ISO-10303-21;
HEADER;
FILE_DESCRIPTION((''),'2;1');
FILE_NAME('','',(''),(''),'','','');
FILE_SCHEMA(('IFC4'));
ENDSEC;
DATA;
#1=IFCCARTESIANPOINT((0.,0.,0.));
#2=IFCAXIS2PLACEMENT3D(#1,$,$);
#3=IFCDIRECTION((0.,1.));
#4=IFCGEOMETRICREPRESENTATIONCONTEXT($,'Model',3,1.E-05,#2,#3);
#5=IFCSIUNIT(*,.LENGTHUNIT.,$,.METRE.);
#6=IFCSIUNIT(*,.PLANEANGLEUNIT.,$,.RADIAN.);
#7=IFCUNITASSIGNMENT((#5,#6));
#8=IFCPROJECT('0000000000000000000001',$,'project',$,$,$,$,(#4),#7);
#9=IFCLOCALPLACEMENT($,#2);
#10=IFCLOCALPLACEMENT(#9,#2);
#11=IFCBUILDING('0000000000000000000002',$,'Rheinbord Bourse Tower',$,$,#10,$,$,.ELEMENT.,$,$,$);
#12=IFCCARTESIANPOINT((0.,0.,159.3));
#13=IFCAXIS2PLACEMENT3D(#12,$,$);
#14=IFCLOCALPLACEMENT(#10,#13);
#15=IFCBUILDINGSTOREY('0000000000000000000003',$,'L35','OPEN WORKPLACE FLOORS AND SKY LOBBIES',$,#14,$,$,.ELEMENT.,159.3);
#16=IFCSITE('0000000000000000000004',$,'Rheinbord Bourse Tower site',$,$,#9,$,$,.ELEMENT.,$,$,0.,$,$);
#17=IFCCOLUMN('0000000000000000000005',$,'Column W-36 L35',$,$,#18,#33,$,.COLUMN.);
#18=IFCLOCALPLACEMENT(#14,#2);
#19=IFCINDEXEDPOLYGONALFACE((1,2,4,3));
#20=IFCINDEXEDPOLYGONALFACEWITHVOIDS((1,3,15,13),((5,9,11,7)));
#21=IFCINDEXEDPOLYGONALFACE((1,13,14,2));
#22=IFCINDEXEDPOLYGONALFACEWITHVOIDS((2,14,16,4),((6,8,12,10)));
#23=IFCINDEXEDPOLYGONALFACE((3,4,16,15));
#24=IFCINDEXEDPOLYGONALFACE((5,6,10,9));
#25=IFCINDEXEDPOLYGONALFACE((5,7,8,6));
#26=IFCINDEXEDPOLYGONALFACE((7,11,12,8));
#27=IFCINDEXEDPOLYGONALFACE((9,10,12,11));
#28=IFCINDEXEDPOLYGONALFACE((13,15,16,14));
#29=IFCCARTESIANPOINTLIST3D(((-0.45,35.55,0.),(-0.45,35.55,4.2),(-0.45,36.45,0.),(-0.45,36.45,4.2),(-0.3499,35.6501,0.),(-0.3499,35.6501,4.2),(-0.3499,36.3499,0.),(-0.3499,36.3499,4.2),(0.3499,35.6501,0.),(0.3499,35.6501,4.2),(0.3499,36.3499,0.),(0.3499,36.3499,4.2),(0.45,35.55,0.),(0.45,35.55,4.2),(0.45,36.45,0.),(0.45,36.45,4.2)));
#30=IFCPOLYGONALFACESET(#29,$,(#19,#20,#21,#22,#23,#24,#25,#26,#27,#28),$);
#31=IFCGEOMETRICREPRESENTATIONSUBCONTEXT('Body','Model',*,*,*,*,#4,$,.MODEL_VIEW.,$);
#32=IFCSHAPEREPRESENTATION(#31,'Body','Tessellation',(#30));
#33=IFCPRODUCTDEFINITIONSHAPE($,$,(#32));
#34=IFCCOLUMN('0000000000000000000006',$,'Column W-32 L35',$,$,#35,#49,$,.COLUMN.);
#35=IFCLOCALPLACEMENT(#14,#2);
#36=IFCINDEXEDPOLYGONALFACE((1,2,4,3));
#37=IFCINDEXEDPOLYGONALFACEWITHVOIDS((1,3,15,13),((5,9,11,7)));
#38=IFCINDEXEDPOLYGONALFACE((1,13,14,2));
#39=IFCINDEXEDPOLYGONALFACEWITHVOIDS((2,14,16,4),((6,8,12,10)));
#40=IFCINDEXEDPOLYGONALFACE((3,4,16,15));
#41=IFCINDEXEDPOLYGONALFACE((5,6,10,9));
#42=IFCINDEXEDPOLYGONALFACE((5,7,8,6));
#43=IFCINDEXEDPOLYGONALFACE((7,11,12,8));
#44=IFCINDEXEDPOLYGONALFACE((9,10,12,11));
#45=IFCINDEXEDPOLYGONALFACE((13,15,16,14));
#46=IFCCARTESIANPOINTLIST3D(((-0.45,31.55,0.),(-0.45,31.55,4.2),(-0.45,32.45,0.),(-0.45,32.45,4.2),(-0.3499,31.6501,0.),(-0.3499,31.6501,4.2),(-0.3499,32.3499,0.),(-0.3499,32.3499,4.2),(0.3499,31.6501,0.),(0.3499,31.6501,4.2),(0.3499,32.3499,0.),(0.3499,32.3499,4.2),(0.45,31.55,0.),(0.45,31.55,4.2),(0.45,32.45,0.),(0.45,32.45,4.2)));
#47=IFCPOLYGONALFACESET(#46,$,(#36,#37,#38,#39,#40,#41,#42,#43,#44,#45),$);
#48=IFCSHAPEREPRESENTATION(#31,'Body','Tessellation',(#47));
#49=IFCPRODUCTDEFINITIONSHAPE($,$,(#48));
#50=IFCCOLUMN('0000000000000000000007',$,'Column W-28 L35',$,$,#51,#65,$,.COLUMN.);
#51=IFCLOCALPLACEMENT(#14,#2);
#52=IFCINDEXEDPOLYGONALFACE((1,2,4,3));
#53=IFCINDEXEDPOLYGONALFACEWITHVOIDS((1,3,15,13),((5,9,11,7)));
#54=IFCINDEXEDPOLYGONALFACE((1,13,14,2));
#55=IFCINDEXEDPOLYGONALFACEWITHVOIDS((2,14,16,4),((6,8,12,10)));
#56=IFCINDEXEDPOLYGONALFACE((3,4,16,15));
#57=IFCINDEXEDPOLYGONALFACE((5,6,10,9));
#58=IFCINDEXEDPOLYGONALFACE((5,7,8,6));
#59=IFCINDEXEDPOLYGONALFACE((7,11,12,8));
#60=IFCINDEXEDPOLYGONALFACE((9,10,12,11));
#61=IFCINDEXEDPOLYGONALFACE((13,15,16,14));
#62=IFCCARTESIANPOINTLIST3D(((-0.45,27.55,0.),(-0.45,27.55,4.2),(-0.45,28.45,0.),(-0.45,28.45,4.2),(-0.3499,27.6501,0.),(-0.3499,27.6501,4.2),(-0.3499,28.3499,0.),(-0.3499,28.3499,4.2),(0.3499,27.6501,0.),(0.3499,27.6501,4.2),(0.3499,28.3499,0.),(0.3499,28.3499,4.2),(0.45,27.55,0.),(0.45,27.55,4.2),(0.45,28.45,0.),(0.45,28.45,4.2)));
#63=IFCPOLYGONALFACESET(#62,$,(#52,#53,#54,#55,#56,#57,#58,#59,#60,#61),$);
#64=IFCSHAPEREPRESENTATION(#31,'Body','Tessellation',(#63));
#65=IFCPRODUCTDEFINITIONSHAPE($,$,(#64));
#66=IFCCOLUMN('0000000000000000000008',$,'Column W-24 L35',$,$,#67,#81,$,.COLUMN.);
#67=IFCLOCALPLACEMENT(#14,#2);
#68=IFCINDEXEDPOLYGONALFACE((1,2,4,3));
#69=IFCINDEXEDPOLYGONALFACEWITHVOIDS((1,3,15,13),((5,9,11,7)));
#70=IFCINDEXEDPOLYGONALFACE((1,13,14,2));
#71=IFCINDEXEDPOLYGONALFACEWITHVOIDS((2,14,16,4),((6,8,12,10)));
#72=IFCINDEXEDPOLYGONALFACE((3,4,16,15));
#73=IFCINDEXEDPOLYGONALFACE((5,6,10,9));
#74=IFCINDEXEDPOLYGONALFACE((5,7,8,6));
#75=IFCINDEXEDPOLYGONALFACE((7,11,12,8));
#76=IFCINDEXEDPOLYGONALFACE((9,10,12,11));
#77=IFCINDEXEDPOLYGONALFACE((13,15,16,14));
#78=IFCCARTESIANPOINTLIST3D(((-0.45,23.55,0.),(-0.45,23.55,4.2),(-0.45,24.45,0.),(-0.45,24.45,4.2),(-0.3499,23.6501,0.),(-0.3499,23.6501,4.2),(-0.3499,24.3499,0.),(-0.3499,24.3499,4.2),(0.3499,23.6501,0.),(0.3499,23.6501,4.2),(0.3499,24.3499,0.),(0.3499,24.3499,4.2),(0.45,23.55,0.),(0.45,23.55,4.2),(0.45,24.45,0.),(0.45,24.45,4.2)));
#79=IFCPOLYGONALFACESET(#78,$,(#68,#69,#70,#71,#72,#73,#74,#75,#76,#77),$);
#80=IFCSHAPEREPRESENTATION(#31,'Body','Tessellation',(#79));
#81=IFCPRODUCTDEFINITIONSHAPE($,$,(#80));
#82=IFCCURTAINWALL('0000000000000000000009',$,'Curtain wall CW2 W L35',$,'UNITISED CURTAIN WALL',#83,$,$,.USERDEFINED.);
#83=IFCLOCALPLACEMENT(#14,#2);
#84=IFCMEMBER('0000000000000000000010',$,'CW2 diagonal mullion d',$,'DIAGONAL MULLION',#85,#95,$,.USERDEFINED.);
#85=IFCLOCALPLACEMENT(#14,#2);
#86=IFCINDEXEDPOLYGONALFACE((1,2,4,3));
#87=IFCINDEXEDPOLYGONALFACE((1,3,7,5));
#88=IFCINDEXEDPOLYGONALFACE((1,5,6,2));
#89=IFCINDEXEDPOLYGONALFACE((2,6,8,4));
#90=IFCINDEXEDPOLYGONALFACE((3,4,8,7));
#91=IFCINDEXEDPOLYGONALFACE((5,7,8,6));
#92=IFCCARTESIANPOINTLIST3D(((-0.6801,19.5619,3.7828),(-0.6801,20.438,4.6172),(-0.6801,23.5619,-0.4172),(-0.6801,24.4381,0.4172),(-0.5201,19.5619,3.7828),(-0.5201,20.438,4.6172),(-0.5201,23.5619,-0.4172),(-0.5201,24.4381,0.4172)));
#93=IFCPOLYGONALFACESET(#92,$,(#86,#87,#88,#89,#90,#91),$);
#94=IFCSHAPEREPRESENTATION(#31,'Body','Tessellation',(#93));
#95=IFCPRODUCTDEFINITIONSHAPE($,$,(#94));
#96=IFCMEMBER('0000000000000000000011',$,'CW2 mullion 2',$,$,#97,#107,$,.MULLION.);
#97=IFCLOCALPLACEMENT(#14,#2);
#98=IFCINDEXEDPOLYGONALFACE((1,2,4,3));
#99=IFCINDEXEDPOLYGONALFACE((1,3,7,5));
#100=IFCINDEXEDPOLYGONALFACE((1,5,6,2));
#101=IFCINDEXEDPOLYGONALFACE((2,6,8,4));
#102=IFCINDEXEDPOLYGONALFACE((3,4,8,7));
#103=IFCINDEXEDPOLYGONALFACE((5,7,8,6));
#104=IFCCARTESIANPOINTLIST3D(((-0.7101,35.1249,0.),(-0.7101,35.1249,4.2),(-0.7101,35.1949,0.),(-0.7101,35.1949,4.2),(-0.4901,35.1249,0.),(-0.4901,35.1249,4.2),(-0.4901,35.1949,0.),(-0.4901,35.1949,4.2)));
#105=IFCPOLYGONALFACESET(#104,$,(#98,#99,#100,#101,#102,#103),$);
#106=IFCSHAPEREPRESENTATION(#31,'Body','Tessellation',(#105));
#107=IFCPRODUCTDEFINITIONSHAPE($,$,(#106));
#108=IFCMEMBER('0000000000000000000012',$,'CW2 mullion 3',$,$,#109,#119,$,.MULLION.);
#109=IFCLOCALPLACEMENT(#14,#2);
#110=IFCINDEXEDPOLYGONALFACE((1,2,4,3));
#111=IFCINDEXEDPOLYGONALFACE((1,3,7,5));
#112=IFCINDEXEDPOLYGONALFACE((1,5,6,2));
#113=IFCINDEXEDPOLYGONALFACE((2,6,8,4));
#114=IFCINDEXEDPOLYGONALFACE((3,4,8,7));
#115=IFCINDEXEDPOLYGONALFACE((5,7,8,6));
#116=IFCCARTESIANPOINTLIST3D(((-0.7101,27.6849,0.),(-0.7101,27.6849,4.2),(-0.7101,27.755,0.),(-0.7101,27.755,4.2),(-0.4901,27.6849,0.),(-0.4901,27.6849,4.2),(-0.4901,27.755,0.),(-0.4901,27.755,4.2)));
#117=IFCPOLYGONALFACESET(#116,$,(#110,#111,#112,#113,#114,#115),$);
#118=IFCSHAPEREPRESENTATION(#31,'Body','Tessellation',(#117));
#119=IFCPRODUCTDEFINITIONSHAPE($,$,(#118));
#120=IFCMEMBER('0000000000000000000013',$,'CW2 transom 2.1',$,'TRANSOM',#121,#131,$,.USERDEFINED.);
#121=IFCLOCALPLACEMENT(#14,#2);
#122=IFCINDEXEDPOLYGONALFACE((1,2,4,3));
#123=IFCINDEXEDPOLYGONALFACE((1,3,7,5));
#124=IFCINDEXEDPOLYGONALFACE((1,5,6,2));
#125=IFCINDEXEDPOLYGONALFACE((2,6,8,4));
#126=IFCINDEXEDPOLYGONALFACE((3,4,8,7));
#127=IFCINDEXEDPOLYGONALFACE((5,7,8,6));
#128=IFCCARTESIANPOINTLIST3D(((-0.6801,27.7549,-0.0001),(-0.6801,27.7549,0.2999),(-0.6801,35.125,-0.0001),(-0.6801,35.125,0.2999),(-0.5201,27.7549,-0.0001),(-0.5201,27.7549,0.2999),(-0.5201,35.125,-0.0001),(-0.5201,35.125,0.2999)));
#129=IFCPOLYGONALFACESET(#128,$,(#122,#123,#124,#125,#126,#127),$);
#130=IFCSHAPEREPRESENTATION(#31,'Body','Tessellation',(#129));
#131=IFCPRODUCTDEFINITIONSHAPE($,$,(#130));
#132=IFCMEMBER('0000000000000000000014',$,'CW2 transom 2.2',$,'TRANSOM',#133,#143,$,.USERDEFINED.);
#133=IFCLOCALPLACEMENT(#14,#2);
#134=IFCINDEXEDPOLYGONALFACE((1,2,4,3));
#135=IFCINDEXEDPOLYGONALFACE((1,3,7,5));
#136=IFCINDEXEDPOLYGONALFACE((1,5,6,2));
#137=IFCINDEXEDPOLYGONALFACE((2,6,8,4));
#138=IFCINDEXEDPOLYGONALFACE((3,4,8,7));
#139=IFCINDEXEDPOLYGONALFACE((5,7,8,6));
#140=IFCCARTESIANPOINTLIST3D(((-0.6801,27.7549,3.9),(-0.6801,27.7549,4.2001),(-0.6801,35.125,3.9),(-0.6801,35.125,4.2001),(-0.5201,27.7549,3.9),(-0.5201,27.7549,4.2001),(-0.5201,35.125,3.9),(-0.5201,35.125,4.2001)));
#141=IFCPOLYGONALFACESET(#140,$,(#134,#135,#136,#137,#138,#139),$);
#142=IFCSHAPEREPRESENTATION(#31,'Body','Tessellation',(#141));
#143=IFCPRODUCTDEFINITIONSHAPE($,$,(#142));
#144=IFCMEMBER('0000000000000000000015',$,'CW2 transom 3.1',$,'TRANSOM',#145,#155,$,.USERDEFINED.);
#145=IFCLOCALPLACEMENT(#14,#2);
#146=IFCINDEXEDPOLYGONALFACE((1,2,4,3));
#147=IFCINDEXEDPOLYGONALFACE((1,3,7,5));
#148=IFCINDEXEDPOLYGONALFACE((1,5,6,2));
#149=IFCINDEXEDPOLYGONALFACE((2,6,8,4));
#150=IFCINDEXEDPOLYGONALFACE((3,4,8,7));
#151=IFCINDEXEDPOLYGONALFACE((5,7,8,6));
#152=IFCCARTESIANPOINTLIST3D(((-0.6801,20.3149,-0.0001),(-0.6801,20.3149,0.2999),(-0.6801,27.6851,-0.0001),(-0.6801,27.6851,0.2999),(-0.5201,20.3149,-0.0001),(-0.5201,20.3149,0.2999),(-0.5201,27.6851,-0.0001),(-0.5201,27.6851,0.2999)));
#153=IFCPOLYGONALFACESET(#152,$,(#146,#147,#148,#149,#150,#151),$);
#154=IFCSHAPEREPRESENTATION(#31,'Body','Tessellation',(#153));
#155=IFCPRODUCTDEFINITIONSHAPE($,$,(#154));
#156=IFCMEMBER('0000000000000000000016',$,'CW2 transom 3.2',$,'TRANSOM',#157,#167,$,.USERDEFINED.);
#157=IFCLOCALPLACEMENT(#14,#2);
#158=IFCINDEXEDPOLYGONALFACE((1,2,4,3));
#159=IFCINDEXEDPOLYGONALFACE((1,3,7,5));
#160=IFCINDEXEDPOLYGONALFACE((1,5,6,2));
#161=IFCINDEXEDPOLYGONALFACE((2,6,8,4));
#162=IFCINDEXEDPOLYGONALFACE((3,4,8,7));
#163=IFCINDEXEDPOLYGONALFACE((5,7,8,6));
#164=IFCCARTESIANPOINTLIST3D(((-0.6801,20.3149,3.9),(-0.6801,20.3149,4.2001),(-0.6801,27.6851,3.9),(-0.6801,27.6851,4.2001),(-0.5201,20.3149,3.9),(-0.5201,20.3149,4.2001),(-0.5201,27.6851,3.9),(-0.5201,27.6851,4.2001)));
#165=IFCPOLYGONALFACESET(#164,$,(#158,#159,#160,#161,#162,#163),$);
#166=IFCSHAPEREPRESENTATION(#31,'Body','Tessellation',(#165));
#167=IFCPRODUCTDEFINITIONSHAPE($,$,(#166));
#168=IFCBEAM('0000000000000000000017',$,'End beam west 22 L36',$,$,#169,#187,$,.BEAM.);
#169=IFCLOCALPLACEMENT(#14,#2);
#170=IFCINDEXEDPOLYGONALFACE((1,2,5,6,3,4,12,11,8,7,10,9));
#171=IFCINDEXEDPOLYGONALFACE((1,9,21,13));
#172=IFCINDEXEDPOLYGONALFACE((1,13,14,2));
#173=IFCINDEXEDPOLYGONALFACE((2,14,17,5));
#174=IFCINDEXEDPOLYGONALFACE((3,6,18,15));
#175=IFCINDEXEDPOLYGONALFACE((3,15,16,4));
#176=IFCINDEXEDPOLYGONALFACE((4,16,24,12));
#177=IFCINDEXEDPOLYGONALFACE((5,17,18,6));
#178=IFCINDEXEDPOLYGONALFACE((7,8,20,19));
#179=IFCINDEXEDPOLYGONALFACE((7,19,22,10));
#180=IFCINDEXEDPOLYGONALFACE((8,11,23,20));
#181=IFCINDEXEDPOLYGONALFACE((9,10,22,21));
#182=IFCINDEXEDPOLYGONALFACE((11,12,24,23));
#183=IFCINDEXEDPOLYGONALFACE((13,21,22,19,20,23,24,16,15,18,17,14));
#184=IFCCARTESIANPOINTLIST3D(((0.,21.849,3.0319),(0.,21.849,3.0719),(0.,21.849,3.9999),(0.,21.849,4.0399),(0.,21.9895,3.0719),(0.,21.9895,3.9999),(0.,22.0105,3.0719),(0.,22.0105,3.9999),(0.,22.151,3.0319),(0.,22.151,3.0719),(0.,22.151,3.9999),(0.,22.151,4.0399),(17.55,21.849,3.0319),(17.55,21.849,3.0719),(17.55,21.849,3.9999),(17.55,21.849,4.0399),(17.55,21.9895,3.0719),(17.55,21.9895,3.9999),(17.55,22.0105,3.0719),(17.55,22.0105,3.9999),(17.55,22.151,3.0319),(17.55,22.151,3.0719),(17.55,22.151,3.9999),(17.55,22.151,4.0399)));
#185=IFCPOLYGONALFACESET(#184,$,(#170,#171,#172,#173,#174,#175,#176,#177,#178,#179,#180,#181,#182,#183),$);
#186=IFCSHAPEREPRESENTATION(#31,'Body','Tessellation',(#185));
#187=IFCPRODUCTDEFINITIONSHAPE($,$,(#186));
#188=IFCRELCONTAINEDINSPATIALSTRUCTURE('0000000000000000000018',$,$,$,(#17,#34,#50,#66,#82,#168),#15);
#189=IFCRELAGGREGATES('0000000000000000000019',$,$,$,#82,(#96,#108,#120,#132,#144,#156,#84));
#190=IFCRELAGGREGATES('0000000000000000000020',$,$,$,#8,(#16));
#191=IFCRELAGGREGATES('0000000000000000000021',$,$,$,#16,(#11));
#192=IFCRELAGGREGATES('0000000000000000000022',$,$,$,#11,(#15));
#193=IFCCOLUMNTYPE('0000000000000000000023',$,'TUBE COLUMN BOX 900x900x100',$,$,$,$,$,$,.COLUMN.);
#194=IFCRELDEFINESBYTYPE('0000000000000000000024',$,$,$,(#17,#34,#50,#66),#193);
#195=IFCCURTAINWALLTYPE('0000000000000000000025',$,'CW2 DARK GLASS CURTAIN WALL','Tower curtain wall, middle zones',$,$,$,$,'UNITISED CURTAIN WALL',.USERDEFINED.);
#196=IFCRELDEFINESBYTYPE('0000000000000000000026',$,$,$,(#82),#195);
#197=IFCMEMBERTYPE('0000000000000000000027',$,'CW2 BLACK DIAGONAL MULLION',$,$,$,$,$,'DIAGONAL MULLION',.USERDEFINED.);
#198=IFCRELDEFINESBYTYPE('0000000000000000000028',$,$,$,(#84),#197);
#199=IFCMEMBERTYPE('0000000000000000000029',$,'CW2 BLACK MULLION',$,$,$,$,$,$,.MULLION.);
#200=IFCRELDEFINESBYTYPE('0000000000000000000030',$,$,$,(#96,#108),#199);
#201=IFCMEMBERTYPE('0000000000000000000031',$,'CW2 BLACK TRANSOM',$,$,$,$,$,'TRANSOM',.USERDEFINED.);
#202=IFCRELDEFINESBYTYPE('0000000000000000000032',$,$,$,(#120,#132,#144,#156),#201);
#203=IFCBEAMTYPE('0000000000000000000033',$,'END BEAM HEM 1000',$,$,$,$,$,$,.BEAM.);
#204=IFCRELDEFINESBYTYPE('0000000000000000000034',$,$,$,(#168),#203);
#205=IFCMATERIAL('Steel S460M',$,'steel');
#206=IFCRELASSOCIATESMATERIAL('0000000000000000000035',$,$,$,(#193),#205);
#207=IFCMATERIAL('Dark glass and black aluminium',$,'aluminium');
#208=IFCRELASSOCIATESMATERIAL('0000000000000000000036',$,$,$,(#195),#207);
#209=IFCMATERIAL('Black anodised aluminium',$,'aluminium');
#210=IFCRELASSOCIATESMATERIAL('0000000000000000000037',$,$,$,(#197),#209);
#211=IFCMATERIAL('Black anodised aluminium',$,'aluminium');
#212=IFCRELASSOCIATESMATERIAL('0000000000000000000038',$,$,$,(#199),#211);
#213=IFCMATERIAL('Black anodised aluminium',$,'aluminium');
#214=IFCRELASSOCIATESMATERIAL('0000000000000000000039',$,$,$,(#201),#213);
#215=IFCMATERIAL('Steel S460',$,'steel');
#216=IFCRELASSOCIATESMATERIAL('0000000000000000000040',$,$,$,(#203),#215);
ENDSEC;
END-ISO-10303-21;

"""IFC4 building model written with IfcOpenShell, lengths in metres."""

from ifc_helpers import new_model, si_unit, direction, frame, origin, origin_2d, place, context, subcontext, project, spatial, rectangle, hollow_rectangle, i_section, extrude, material, material_profile, profile_set, type_object, element, aggregate, save


model = new_model("IFC4")

# Units and contexts
model_context = context("Model", 3, precision=1e-05, world=origin(), true_north=direction((0.0, 1.0)))
body_context = subcontext(model_context, "Body", "Model", "MODEL_VIEW")
ifc_project = project(units=[si_unit("LENGTHUNIT", "METRE"), si_unit("PLANEANGLEUNIT", "RADIAN")], contexts=[model_context])

# Site, building, storey
site_placement = place(None, origin())
site = spatial("IfcSite", under=ifc_project, at=site_placement, Name="Rheinbord Bourse Tower site", CompositionType="ELEMENT", RefElevation=0.0)
building_placement = place(site_placement, origin())
building = spatial("IfcBuilding", under=site, at=building_placement, Name="Rheinbord Bourse Tower", CompositionType="ELEMENT")
storey_placement = place(building_placement, frame((0.0, 0.0, 159.3)))
storey = spatial("IfcBuildingStorey", under=building, at=storey_placement, Name="L35", Description="OPEN WORKPLACE FLOORS AND SKY LOBBIES", CompositionType="ELEMENT", Elevation=159.3)

# Columns
ifc_material_1 = material(Name="Steel S460M", Category="steel")
ifc_material_profile_1 = material_profile(ifc_material_1, hollow_rectangle(XDim=0.8999, YDim=0.8999, WallThickness=0.1001, at=origin_2d()), Name="BOX 900x900x100")
ifc_profile_set_1 = profile_set([ifc_material_profile_1], Name="Steel S460M")
column_type = type_object("IfcColumnType", Name="TUBE COLUMN BOX 900x900x100", PredefinedType="COLUMN", material=ifc_profile_set_1)
for number, where, z_axis, x_axis, name in (
    (1, (0.0, 36.0, 0.0), (0.0, 0.0, 1.0), (1.0, 0.0, 0.0), "Column W-36 L35"),
    (2, (0.0, 32.0, 0.0), (0.0, 0.0, 1.0), (1.0, 0.0, 0.0), "Column W-32 L35"),
    (3, (0.0, 28.0, 0.0), (0.0, 0.0, 1.0), (1.0, 0.0, 0.0), "Column W-28 L35"),
    (4, (0.0, 24.0, 0.0), (0.0, 0.0, 1.0), (1.0, 0.0, 0.0), "Column W-24 L35"),
):
    element("IfcColumn", number, at=place(storey_placement, frame(where, z_axis=z_axis, x_axis=x_axis)), inside=storey, type_object=column_type, Name=name, PredefinedType="COLUMN", context=body_context, shape_type="SweptSolid", body=[
        extrude(hollow_rectangle(XDim=0.8999, YDim=0.8999, WallThickness=0.1001, at=origin_2d()), origin(), (0.0, 0.0, 1.0), 4.2),
    ])

# Curtain wall, members
ifc_material_2 = material(Name="Dark glass and black aluminium", Category="aluminium")
curtain_wall_type = type_object("IfcCurtainWallType", Name="CW2 DARK GLASS CURTAIN WALL", Description="Tower curtain wall, middle zones", ElementType="UNITISED CURTAIN WALL", PredefinedType="USERDEFINED", material=ifc_material_2)
curtain_wall_placement = place(storey_placement, origin())
curtain_wall = element("IfcCurtainWall", 5, at=curtain_wall_placement, inside=storey, type_object=curtain_wall_type, Name="Curtain wall CW2 W L35", ObjectType="UNITISED CURTAIN WALL", PredefinedType="USERDEFINED")
ifc_material_3 = material(Name="Black anodised aluminium", Category="aluminium")
ifc_material_profile_2 = material_profile(ifc_material_3, rectangle(XDim=0.1599, YDim=1.21, at=origin_2d()), Name="CW2 DIAGONAL MULLION 1210x160")
ifc_profile_set_2 = profile_set([ifc_material_profile_2], Name="Black anodised aluminium")
member_type_1 = type_object("IfcMemberType", Name="CW2 BLACK DIAGONAL MULLION", ElementType="DIAGONAL MULLION", PredefinedType="USERDEFINED", material=ifc_profile_set_2)
member_1_placement = place(storey_placement, frame((-0.6001, 24.0, 0.0), z_axis=(0.0, -0.689659, 0.724134), x_axis=(1.0, 0.0, 0.0)))
member_1 = element("IfcMember", 6, at=member_1_placement, type_object=member_type_1, Name="CW2 diagonal mullion d", ObjectType="DIAGONAL MULLION", PredefinedType="USERDEFINED", context=body_context, shape_type="SweptSolid", body=[
    extrude(rectangle(XDim=0.1599, YDim=1.21, at=origin_2d()), origin(), (0.0, 0.0, 1.0), 5.8),
])
ifc_material_4 = material(Name="Black anodised aluminium", Category="aluminium")
ifc_material_profile_3 = material_profile(ifc_material_4, rectangle(XDim=0.22, YDim=0.0701, at=origin_2d()), Name="CW2 MULLION 70x220")
ifc_profile_set_3 = profile_set([ifc_material_profile_3], Name="Black anodised aluminium")
member_type_2 = type_object("IfcMemberType", Name="CW2 BLACK MULLION", PredefinedType="MULLION", material=ifc_profile_set_3)
member_2_placement = place(storey_placement, frame((-0.6001, 35.1599, 0.0), z_axis=(0.0, 0.0, 1.0), x_axis=(1.0, 0.0, 0.0)))
member_2 = element("IfcMember", 7, at=member_2_placement, type_object=member_type_2, Name="CW2 mullion 2", PredefinedType="MULLION", context=body_context, shape_type="SweptSolid", body=[
    extrude(rectangle(XDim=0.22, YDim=0.0701, at=origin_2d()), origin(), (0.0, 0.0, 1.0), 4.2),
])
member_3_placement = place(storey_placement, frame((-0.6001, 27.72, 0.0), z_axis=(0.0, 0.0, 1.0), x_axis=(1.0, 0.0, 0.0)))
member_3 = element("IfcMember", 8, at=member_3_placement, type_object=member_type_2, Name="CW2 mullion 3", PredefinedType="MULLION", context=body_context, shape_type="SweptSolid", body=[
    extrude(rectangle(XDim=0.22, YDim=0.0701, at=origin_2d()), origin(), (0.0, 0.0, 1.0), 4.2),
])
ifc_material_5 = material(Name="Black anodised aluminium", Category="aluminium")
ifc_material_profile_4 = material_profile(ifc_material_5, rectangle(XDim=0.1599, YDim=0.3, at=origin_2d()), Name="CW2 TRANSOM 300x160")
ifc_profile_set_4 = profile_set([ifc_material_profile_4], Name="Black anodised aluminium")
member_type_3 = type_object("IfcMemberType", Name="CW2 BLACK TRANSOM", ElementType="TRANSOM", PredefinedType="USERDEFINED", material=ifc_profile_set_4)
member_4_placement = place(storey_placement, frame((-0.6001, 35.125, 0.1499), z_axis=(0.0, -1.0, 0.0), x_axis=(1.0, 0.0, 0.0)))
member_4 = element("IfcMember", 9, at=member_4_placement, type_object=member_type_3, Name="CW2 transom 2.1", ObjectType="TRANSOM", PredefinedType="USERDEFINED", context=body_context, shape_type="SweptSolid", body=[
    extrude(rectangle(XDim=0.1599, YDim=0.3, at=origin_2d()), origin(), (0.0, 0.0, 1.0), 7.3701),
])
member_5_placement = place(storey_placement, frame((-0.6001, 35.125, 4.05), z_axis=(0.0, -1.0, 0.0), x_axis=(1.0, 0.0, 0.0)))
member_5 = element("IfcMember", 10, at=member_5_placement, type_object=member_type_3, Name="CW2 transom 2.2", ObjectType="TRANSOM", PredefinedType="USERDEFINED", context=body_context, shape_type="SweptSolid", body=[
    extrude(rectangle(XDim=0.1599, YDim=0.3, at=origin_2d()), origin(), (0.0, 0.0, 1.0), 7.3701),
])
member_6_placement = place(storey_placement, frame((-0.6001, 27.6851, 0.1499), z_axis=(0.0, -1.0, 0.0), x_axis=(1.0, 0.0, 0.0)))
member_6 = element("IfcMember", 11, at=member_6_placement, type_object=member_type_3, Name="CW2 transom 3.1", ObjectType="TRANSOM", PredefinedType="USERDEFINED", context=body_context, shape_type="SweptSolid", body=[
    extrude(rectangle(XDim=0.1599, YDim=0.3, at=origin_2d()), origin(), (0.0, 0.0, 1.0), 7.3701),
])
member_7_placement = place(storey_placement, frame((-0.6001, 27.6851, 4.05), z_axis=(0.0, -1.0, 0.0), x_axis=(1.0, 0.0, 0.0)))
member_7 = element("IfcMember", 12, at=member_7_placement, type_object=member_type_3, Name="CW2 transom 3.2", ObjectType="TRANSOM", PredefinedType="USERDEFINED", context=body_context, shape_type="SweptSolid", body=[
    extrude(rectangle(XDim=0.1599, YDim=0.3, at=origin_2d()), origin(), (0.0, 0.0, 1.0), 7.3701),
])

# Beam
ifc_material_6 = material(Name="Steel S460", Category="steel")
ifc_material_profile_5 = material_profile(ifc_material_6, i_section(OverallWidth=0.302, OverallDepth=1.0081, WebThickness=0.021, FlangeThickness=0.04, at=origin_2d()), Name="HEM 1000")
ifc_profile_set_5 = profile_set([ifc_material_profile_5], Name="Steel S460")
beam_type_1 = type_object("IfcBeamType", Name="END BEAM HEM 1000", PredefinedType="BEAM", material=ifc_profile_set_5)
for number, where, z_axis, x_axis, name in (
    (13, (0.0, 22.0, 3.5359), (1.0, 0.0, 0.0), (0.0, 1.0, 0.0), "End beam west 22 L36"),
):
    element("IfcBeam", number, at=place(storey_placement, frame(where, z_axis=z_axis, x_axis=x_axis)), inside=storey, type_object=beam_type_1, Name=name, PredefinedType="BEAM", context=body_context, shape_type="SweptSolid", body=[
        extrude(i_section(OverallWidth=0.302, OverallDepth=1.0081, WebThickness=0.021, FlangeThickness=0.04, at=origin_2d()), origin(), (0.0, 0.0, 1.0), 17.55),
    ])

aggregate(curtain_wall, [member_2, member_3, member_4, member_5, member_6, member_7, member_1])

save(model, "model.ifc")
